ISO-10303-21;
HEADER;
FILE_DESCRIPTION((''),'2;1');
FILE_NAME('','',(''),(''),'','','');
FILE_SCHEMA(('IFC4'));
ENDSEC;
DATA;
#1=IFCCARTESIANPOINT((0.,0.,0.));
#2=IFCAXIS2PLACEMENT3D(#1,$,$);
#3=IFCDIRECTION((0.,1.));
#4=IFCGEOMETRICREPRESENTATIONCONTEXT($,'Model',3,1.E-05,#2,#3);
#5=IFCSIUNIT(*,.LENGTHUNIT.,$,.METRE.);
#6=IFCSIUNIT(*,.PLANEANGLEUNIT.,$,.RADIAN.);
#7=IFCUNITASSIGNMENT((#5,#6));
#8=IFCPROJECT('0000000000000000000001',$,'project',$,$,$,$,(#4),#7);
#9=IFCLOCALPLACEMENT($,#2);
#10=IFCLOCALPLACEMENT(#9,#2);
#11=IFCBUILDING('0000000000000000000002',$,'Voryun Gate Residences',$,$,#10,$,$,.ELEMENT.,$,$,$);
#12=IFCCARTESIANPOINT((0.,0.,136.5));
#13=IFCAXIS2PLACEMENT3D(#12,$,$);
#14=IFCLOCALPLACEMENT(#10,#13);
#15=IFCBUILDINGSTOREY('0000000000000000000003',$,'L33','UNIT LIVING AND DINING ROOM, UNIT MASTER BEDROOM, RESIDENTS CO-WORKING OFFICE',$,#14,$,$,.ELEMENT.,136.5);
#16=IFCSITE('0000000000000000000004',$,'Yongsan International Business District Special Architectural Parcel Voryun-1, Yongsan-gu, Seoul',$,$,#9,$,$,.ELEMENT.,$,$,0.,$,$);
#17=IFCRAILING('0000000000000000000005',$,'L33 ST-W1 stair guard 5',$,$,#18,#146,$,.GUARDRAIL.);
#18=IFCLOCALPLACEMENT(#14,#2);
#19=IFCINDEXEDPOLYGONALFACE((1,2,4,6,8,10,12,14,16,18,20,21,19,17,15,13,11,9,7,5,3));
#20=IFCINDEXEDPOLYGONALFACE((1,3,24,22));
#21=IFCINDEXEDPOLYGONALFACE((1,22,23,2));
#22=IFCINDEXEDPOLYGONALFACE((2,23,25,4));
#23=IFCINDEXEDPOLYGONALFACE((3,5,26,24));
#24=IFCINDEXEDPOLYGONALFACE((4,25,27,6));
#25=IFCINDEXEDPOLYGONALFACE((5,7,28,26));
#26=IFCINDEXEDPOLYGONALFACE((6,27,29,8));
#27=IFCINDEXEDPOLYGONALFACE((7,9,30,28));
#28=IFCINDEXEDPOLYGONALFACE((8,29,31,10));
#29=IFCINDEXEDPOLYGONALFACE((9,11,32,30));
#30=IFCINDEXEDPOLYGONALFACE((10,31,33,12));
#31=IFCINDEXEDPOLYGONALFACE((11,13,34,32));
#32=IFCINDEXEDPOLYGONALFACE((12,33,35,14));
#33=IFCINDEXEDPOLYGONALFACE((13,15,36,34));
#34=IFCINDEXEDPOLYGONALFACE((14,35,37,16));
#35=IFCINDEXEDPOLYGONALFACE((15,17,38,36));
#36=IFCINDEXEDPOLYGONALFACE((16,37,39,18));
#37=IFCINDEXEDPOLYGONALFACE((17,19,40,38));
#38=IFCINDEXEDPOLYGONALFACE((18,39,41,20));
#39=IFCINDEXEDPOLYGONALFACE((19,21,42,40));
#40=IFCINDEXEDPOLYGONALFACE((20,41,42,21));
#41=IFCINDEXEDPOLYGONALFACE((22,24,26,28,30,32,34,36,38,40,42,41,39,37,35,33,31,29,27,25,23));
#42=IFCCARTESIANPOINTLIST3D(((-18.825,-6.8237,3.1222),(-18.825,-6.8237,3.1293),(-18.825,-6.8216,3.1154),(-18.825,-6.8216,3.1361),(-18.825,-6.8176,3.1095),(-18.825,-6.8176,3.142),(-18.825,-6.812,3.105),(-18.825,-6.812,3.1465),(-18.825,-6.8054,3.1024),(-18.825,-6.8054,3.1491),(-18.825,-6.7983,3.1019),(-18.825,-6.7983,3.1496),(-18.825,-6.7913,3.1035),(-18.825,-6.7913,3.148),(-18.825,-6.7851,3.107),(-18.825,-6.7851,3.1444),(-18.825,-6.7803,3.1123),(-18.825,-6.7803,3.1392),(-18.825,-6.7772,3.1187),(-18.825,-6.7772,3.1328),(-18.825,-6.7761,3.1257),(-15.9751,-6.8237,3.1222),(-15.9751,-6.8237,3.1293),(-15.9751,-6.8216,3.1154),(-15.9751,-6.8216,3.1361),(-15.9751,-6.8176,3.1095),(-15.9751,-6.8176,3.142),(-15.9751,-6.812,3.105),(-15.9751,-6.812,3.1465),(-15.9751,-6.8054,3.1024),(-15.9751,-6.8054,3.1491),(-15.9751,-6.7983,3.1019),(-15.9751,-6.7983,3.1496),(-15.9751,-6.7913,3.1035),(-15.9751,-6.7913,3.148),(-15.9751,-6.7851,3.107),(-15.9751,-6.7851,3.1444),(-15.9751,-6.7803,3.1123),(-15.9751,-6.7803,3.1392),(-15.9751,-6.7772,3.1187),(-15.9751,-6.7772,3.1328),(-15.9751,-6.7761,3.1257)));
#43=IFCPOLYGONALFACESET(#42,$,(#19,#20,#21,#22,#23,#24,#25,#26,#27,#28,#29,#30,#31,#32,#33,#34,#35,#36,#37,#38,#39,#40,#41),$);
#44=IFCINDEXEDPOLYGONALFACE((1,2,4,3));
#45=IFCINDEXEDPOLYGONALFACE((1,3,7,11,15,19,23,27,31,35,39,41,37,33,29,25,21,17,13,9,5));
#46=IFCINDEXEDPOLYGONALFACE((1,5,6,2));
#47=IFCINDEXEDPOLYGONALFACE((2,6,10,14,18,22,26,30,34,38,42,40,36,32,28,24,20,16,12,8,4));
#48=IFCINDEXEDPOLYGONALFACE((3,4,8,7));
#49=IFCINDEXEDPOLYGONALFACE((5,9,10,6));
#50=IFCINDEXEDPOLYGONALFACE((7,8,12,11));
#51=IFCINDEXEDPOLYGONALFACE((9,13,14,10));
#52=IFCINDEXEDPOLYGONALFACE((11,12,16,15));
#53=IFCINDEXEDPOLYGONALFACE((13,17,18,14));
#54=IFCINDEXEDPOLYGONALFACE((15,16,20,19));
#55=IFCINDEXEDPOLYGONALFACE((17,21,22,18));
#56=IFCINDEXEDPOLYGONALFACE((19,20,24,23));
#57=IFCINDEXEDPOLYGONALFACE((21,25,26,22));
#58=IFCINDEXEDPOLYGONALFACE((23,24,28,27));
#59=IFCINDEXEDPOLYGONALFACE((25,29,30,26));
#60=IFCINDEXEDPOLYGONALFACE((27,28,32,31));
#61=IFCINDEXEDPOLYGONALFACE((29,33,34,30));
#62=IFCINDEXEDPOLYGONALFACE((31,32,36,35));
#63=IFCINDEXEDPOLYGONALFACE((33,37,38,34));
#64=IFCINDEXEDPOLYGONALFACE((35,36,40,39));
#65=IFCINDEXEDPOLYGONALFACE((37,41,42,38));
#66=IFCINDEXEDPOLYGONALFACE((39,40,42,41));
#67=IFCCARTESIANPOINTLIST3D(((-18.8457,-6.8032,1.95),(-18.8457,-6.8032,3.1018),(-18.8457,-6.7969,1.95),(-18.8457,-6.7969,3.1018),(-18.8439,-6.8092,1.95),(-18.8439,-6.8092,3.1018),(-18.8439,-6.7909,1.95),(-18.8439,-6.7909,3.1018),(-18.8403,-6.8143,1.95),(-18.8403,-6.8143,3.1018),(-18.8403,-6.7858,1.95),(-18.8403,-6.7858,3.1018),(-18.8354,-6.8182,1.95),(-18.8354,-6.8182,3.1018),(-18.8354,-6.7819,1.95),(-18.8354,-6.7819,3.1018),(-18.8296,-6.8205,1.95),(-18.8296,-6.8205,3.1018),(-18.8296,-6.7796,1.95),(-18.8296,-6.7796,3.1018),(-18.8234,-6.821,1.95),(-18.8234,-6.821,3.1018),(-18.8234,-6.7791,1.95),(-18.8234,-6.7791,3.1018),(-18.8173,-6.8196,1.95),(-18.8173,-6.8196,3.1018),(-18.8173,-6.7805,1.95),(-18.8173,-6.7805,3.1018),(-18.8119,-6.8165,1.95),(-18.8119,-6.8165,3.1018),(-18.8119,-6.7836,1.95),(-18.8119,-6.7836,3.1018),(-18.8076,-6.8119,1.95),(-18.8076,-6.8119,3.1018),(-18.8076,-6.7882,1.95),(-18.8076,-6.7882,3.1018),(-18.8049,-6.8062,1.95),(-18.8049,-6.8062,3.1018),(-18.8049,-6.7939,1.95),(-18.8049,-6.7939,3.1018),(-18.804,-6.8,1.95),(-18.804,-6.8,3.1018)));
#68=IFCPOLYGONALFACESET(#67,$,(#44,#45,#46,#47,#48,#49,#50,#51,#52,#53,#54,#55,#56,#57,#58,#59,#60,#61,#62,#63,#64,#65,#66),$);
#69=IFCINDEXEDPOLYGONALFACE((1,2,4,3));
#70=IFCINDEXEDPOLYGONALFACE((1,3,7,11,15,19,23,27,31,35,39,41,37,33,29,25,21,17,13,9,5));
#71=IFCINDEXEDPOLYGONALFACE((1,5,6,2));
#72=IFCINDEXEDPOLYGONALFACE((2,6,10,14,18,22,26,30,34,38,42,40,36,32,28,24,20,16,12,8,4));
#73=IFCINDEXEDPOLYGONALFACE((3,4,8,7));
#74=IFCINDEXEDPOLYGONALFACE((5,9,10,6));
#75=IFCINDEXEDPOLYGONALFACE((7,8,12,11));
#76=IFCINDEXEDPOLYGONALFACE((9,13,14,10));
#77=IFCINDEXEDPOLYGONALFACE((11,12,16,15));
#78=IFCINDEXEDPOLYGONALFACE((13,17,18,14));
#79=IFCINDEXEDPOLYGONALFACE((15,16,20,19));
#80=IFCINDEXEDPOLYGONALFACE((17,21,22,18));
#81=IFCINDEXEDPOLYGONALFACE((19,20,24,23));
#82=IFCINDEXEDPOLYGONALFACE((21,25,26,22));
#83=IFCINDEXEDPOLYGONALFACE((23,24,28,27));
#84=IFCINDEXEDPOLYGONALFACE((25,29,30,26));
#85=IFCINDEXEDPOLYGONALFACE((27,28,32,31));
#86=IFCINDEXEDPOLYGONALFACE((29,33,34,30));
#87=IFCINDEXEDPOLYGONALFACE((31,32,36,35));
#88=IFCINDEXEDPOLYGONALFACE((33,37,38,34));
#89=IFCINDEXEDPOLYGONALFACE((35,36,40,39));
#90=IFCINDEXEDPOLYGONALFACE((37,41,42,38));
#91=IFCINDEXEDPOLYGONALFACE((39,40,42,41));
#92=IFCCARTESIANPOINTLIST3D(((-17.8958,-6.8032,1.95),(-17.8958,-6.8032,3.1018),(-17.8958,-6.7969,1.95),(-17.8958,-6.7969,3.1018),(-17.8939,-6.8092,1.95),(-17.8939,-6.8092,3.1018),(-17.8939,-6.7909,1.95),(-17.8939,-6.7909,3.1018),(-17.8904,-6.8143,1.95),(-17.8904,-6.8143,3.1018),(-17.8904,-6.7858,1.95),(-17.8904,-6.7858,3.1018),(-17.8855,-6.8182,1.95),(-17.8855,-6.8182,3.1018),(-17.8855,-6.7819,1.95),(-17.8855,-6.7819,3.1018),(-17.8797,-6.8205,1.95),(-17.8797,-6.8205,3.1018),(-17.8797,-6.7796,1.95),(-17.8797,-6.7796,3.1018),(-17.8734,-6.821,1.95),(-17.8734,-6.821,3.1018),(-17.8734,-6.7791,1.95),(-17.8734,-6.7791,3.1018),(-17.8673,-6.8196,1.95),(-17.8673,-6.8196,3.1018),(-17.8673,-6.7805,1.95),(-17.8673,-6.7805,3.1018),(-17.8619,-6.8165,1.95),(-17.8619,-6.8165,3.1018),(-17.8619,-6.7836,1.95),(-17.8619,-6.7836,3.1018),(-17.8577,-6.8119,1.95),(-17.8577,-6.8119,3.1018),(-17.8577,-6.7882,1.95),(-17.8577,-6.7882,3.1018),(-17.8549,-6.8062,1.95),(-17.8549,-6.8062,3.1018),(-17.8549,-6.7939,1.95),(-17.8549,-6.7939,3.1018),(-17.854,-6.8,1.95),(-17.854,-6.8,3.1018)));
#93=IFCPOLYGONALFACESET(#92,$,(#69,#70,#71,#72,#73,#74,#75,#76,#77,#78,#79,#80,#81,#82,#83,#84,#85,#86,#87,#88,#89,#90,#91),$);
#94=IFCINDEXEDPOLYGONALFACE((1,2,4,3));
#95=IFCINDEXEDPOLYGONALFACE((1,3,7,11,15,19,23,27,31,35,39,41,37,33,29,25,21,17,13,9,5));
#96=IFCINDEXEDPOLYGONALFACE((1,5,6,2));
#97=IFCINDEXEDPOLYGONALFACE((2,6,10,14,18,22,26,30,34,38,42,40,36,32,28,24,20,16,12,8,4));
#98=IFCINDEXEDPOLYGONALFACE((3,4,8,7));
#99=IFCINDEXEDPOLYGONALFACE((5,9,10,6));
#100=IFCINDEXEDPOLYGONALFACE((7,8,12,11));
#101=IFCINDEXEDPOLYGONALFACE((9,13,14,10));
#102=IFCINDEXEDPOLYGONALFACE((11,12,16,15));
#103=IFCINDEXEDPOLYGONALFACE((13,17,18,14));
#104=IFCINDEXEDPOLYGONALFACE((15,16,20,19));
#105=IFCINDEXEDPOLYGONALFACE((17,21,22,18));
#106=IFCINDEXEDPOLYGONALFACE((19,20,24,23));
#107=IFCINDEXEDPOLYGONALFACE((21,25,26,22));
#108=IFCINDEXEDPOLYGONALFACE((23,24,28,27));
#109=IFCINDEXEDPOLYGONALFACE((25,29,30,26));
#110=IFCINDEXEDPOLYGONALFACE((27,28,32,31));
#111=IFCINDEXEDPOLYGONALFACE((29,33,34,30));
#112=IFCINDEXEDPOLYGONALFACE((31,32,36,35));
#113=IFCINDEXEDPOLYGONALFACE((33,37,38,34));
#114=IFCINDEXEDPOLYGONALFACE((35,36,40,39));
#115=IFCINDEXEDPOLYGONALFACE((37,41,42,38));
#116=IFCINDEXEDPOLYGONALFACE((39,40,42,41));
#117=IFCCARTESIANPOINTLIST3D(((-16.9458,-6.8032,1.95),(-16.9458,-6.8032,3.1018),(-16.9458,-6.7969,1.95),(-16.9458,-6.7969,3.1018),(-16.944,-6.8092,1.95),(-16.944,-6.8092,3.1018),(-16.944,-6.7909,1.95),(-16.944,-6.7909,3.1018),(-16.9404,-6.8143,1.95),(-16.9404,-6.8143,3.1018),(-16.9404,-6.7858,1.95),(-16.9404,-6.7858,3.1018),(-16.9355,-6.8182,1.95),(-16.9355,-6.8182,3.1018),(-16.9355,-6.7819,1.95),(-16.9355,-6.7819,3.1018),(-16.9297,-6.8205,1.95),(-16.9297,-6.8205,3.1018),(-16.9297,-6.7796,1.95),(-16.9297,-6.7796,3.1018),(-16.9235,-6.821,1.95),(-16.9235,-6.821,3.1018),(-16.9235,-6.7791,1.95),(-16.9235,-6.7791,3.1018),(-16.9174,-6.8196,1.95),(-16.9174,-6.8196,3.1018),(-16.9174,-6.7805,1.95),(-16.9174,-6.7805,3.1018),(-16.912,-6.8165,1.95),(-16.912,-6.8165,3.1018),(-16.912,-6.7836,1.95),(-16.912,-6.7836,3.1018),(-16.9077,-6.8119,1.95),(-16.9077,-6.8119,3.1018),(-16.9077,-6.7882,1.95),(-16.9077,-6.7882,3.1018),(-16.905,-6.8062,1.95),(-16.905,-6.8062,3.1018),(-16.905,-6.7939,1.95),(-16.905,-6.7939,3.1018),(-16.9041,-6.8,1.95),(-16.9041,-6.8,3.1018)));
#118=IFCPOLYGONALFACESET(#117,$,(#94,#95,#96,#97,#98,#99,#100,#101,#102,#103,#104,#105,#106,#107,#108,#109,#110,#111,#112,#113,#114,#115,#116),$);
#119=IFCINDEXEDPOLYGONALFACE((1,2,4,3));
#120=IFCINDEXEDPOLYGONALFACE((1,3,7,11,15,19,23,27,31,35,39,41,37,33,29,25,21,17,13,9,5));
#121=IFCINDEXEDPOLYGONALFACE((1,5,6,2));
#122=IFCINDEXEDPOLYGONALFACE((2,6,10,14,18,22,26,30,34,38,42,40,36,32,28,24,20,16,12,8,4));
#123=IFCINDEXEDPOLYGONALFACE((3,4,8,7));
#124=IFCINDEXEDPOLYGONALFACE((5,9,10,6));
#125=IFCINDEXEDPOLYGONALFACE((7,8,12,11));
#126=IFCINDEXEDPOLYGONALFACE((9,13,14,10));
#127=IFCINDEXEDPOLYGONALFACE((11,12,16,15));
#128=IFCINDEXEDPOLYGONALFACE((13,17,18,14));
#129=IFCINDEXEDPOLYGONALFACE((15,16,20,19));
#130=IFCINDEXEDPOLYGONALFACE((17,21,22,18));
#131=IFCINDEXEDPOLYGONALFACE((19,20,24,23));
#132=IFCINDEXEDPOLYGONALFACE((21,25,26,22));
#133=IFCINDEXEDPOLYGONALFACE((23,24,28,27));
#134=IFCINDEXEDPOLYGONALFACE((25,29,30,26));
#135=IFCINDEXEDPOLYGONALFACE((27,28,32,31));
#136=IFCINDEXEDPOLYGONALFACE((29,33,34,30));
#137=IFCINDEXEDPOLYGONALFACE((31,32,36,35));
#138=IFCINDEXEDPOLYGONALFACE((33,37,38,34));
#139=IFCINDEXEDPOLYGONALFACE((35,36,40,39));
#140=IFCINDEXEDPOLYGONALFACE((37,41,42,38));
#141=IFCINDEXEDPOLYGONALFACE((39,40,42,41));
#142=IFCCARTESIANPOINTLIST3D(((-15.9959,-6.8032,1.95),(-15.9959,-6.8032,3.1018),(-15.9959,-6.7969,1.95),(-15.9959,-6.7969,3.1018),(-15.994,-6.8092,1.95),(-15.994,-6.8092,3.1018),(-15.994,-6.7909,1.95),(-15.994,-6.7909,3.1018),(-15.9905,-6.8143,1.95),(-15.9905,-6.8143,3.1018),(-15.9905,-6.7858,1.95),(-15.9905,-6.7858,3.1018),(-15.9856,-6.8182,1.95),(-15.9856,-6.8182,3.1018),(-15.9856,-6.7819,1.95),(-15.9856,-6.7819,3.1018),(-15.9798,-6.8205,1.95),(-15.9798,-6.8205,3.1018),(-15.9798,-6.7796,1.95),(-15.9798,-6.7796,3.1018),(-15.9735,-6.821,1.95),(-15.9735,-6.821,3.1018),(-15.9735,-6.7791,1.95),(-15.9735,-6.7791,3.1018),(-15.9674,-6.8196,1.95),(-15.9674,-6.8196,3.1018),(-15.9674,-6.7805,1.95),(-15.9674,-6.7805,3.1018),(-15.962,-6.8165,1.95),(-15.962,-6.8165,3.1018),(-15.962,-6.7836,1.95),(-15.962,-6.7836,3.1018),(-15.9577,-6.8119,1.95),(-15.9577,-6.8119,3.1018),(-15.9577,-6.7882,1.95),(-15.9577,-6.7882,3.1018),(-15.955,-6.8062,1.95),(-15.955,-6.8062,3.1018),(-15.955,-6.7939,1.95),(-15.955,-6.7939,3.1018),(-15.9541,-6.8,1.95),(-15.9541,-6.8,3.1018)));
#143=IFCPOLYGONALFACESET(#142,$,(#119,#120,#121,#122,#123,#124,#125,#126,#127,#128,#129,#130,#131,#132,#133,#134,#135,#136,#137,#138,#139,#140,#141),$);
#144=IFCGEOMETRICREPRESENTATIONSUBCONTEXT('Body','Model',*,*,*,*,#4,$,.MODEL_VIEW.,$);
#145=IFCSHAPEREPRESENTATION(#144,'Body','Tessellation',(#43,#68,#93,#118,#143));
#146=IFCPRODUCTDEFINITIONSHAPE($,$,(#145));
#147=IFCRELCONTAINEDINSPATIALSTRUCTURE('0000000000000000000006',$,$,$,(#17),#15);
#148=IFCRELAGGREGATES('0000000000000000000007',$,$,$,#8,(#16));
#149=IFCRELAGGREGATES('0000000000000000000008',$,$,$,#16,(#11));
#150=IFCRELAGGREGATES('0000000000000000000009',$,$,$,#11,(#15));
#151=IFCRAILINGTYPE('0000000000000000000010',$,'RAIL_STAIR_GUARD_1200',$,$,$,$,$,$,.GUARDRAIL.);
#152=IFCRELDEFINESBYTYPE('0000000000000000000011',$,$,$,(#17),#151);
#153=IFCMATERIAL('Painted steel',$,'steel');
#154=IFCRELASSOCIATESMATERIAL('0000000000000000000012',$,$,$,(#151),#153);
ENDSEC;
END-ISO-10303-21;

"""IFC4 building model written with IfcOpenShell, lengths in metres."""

from ifc_helpers import new_model, si_unit, direction, frame, origin, origin_2d, place, context, subcontext, project, spatial, circle, extrude, material, type_object, element, save


model = new_model("IFC4")

# Units and contexts
model_context = context("Model", 3, precision=1e-05, world=origin(), true_north=direction((0.0, 1.0)))
body_context = subcontext(model_context, "Body", "Model", "MODEL_VIEW")
ifc_project = project(units=[si_unit("LENGTHUNIT", "METRE"), si_unit("PLANEANGLEUNIT", "RADIAN")], contexts=[model_context])

# Site, building, storey
site_placement = place(None, origin())
site = spatial("IfcSite", under=ifc_project, at=site_placement, Name="Yongsan International Business District Special Architectural Parcel Voryun-1, Yongsan-gu, Seoul", CompositionType="ELEMENT", RefElevation=0.0)
building_placement = place(site_placement, origin())
building = spatial("IfcBuilding", under=site, at=building_placement, Name="Voryun Gate Residences", CompositionType="ELEMENT")
storey_placement = place(building_placement, frame((0.0, 0.0, 136.5)))
storey = spatial("IfcBuildingStorey", under=building, at=storey_placement, Name="L33", Description="UNIT LIVING AND DINING ROOM, UNIT MASTER BEDROOM, RESIDENTS CO-WORKING OFFICE", CompositionType="ELEMENT", Elevation=136.5)

# Railing
ifc_material_1 = material(Name="Painted steel", Category="steel")
railing_type_1 = type_object("IfcRailingType", Name="RAIL_STAIR_GUARD_1200", PredefinedType="GUARDRAIL", material=ifc_material_1)
railing_1_placement = place(storey_placement, frame((-18.825, -6.8, 1.95)))
element("IfcRailing", 1, at=railing_1_placement, inside=storey, type_object=railing_type_1, Name="L33 ST-W1 stair guard 5", PredefinedType="GUARDRAIL", context=body_context, shape_type="SweptSolid", body=[
    extrude(circle(Radius=0.0239, at=origin_2d()), frame((0.0, 0.0, 1.1758), z_axis=(1.0, 0.0, 0.0), x_axis=(0.0, 1.0, 0.0)), (0.0, 0.0, 1.0), 2.8499),
    extrude(circle(Radius=0.021, at=origin_2d()), origin(), (0.0, 0.0, 1.0), 1.1519),
    extrude(circle(Radius=0.021, at=origin_2d()), frame((0.95, 0.0, 0.0)), (0.0, 0.0, 1.0), 1.1519),
    extrude(circle(Radius=0.021, at=origin_2d()), frame((1.8999, 0.0, 0.0)), (0.0, 0.0, 1.0), 1.1519),
    extrude(circle(Radius=0.021, at=origin_2d()), frame((2.8499, 0.0, 0.0)), (0.0, 0.0, 1.0), 1.1519),
])

save(model, "model.ifc")
